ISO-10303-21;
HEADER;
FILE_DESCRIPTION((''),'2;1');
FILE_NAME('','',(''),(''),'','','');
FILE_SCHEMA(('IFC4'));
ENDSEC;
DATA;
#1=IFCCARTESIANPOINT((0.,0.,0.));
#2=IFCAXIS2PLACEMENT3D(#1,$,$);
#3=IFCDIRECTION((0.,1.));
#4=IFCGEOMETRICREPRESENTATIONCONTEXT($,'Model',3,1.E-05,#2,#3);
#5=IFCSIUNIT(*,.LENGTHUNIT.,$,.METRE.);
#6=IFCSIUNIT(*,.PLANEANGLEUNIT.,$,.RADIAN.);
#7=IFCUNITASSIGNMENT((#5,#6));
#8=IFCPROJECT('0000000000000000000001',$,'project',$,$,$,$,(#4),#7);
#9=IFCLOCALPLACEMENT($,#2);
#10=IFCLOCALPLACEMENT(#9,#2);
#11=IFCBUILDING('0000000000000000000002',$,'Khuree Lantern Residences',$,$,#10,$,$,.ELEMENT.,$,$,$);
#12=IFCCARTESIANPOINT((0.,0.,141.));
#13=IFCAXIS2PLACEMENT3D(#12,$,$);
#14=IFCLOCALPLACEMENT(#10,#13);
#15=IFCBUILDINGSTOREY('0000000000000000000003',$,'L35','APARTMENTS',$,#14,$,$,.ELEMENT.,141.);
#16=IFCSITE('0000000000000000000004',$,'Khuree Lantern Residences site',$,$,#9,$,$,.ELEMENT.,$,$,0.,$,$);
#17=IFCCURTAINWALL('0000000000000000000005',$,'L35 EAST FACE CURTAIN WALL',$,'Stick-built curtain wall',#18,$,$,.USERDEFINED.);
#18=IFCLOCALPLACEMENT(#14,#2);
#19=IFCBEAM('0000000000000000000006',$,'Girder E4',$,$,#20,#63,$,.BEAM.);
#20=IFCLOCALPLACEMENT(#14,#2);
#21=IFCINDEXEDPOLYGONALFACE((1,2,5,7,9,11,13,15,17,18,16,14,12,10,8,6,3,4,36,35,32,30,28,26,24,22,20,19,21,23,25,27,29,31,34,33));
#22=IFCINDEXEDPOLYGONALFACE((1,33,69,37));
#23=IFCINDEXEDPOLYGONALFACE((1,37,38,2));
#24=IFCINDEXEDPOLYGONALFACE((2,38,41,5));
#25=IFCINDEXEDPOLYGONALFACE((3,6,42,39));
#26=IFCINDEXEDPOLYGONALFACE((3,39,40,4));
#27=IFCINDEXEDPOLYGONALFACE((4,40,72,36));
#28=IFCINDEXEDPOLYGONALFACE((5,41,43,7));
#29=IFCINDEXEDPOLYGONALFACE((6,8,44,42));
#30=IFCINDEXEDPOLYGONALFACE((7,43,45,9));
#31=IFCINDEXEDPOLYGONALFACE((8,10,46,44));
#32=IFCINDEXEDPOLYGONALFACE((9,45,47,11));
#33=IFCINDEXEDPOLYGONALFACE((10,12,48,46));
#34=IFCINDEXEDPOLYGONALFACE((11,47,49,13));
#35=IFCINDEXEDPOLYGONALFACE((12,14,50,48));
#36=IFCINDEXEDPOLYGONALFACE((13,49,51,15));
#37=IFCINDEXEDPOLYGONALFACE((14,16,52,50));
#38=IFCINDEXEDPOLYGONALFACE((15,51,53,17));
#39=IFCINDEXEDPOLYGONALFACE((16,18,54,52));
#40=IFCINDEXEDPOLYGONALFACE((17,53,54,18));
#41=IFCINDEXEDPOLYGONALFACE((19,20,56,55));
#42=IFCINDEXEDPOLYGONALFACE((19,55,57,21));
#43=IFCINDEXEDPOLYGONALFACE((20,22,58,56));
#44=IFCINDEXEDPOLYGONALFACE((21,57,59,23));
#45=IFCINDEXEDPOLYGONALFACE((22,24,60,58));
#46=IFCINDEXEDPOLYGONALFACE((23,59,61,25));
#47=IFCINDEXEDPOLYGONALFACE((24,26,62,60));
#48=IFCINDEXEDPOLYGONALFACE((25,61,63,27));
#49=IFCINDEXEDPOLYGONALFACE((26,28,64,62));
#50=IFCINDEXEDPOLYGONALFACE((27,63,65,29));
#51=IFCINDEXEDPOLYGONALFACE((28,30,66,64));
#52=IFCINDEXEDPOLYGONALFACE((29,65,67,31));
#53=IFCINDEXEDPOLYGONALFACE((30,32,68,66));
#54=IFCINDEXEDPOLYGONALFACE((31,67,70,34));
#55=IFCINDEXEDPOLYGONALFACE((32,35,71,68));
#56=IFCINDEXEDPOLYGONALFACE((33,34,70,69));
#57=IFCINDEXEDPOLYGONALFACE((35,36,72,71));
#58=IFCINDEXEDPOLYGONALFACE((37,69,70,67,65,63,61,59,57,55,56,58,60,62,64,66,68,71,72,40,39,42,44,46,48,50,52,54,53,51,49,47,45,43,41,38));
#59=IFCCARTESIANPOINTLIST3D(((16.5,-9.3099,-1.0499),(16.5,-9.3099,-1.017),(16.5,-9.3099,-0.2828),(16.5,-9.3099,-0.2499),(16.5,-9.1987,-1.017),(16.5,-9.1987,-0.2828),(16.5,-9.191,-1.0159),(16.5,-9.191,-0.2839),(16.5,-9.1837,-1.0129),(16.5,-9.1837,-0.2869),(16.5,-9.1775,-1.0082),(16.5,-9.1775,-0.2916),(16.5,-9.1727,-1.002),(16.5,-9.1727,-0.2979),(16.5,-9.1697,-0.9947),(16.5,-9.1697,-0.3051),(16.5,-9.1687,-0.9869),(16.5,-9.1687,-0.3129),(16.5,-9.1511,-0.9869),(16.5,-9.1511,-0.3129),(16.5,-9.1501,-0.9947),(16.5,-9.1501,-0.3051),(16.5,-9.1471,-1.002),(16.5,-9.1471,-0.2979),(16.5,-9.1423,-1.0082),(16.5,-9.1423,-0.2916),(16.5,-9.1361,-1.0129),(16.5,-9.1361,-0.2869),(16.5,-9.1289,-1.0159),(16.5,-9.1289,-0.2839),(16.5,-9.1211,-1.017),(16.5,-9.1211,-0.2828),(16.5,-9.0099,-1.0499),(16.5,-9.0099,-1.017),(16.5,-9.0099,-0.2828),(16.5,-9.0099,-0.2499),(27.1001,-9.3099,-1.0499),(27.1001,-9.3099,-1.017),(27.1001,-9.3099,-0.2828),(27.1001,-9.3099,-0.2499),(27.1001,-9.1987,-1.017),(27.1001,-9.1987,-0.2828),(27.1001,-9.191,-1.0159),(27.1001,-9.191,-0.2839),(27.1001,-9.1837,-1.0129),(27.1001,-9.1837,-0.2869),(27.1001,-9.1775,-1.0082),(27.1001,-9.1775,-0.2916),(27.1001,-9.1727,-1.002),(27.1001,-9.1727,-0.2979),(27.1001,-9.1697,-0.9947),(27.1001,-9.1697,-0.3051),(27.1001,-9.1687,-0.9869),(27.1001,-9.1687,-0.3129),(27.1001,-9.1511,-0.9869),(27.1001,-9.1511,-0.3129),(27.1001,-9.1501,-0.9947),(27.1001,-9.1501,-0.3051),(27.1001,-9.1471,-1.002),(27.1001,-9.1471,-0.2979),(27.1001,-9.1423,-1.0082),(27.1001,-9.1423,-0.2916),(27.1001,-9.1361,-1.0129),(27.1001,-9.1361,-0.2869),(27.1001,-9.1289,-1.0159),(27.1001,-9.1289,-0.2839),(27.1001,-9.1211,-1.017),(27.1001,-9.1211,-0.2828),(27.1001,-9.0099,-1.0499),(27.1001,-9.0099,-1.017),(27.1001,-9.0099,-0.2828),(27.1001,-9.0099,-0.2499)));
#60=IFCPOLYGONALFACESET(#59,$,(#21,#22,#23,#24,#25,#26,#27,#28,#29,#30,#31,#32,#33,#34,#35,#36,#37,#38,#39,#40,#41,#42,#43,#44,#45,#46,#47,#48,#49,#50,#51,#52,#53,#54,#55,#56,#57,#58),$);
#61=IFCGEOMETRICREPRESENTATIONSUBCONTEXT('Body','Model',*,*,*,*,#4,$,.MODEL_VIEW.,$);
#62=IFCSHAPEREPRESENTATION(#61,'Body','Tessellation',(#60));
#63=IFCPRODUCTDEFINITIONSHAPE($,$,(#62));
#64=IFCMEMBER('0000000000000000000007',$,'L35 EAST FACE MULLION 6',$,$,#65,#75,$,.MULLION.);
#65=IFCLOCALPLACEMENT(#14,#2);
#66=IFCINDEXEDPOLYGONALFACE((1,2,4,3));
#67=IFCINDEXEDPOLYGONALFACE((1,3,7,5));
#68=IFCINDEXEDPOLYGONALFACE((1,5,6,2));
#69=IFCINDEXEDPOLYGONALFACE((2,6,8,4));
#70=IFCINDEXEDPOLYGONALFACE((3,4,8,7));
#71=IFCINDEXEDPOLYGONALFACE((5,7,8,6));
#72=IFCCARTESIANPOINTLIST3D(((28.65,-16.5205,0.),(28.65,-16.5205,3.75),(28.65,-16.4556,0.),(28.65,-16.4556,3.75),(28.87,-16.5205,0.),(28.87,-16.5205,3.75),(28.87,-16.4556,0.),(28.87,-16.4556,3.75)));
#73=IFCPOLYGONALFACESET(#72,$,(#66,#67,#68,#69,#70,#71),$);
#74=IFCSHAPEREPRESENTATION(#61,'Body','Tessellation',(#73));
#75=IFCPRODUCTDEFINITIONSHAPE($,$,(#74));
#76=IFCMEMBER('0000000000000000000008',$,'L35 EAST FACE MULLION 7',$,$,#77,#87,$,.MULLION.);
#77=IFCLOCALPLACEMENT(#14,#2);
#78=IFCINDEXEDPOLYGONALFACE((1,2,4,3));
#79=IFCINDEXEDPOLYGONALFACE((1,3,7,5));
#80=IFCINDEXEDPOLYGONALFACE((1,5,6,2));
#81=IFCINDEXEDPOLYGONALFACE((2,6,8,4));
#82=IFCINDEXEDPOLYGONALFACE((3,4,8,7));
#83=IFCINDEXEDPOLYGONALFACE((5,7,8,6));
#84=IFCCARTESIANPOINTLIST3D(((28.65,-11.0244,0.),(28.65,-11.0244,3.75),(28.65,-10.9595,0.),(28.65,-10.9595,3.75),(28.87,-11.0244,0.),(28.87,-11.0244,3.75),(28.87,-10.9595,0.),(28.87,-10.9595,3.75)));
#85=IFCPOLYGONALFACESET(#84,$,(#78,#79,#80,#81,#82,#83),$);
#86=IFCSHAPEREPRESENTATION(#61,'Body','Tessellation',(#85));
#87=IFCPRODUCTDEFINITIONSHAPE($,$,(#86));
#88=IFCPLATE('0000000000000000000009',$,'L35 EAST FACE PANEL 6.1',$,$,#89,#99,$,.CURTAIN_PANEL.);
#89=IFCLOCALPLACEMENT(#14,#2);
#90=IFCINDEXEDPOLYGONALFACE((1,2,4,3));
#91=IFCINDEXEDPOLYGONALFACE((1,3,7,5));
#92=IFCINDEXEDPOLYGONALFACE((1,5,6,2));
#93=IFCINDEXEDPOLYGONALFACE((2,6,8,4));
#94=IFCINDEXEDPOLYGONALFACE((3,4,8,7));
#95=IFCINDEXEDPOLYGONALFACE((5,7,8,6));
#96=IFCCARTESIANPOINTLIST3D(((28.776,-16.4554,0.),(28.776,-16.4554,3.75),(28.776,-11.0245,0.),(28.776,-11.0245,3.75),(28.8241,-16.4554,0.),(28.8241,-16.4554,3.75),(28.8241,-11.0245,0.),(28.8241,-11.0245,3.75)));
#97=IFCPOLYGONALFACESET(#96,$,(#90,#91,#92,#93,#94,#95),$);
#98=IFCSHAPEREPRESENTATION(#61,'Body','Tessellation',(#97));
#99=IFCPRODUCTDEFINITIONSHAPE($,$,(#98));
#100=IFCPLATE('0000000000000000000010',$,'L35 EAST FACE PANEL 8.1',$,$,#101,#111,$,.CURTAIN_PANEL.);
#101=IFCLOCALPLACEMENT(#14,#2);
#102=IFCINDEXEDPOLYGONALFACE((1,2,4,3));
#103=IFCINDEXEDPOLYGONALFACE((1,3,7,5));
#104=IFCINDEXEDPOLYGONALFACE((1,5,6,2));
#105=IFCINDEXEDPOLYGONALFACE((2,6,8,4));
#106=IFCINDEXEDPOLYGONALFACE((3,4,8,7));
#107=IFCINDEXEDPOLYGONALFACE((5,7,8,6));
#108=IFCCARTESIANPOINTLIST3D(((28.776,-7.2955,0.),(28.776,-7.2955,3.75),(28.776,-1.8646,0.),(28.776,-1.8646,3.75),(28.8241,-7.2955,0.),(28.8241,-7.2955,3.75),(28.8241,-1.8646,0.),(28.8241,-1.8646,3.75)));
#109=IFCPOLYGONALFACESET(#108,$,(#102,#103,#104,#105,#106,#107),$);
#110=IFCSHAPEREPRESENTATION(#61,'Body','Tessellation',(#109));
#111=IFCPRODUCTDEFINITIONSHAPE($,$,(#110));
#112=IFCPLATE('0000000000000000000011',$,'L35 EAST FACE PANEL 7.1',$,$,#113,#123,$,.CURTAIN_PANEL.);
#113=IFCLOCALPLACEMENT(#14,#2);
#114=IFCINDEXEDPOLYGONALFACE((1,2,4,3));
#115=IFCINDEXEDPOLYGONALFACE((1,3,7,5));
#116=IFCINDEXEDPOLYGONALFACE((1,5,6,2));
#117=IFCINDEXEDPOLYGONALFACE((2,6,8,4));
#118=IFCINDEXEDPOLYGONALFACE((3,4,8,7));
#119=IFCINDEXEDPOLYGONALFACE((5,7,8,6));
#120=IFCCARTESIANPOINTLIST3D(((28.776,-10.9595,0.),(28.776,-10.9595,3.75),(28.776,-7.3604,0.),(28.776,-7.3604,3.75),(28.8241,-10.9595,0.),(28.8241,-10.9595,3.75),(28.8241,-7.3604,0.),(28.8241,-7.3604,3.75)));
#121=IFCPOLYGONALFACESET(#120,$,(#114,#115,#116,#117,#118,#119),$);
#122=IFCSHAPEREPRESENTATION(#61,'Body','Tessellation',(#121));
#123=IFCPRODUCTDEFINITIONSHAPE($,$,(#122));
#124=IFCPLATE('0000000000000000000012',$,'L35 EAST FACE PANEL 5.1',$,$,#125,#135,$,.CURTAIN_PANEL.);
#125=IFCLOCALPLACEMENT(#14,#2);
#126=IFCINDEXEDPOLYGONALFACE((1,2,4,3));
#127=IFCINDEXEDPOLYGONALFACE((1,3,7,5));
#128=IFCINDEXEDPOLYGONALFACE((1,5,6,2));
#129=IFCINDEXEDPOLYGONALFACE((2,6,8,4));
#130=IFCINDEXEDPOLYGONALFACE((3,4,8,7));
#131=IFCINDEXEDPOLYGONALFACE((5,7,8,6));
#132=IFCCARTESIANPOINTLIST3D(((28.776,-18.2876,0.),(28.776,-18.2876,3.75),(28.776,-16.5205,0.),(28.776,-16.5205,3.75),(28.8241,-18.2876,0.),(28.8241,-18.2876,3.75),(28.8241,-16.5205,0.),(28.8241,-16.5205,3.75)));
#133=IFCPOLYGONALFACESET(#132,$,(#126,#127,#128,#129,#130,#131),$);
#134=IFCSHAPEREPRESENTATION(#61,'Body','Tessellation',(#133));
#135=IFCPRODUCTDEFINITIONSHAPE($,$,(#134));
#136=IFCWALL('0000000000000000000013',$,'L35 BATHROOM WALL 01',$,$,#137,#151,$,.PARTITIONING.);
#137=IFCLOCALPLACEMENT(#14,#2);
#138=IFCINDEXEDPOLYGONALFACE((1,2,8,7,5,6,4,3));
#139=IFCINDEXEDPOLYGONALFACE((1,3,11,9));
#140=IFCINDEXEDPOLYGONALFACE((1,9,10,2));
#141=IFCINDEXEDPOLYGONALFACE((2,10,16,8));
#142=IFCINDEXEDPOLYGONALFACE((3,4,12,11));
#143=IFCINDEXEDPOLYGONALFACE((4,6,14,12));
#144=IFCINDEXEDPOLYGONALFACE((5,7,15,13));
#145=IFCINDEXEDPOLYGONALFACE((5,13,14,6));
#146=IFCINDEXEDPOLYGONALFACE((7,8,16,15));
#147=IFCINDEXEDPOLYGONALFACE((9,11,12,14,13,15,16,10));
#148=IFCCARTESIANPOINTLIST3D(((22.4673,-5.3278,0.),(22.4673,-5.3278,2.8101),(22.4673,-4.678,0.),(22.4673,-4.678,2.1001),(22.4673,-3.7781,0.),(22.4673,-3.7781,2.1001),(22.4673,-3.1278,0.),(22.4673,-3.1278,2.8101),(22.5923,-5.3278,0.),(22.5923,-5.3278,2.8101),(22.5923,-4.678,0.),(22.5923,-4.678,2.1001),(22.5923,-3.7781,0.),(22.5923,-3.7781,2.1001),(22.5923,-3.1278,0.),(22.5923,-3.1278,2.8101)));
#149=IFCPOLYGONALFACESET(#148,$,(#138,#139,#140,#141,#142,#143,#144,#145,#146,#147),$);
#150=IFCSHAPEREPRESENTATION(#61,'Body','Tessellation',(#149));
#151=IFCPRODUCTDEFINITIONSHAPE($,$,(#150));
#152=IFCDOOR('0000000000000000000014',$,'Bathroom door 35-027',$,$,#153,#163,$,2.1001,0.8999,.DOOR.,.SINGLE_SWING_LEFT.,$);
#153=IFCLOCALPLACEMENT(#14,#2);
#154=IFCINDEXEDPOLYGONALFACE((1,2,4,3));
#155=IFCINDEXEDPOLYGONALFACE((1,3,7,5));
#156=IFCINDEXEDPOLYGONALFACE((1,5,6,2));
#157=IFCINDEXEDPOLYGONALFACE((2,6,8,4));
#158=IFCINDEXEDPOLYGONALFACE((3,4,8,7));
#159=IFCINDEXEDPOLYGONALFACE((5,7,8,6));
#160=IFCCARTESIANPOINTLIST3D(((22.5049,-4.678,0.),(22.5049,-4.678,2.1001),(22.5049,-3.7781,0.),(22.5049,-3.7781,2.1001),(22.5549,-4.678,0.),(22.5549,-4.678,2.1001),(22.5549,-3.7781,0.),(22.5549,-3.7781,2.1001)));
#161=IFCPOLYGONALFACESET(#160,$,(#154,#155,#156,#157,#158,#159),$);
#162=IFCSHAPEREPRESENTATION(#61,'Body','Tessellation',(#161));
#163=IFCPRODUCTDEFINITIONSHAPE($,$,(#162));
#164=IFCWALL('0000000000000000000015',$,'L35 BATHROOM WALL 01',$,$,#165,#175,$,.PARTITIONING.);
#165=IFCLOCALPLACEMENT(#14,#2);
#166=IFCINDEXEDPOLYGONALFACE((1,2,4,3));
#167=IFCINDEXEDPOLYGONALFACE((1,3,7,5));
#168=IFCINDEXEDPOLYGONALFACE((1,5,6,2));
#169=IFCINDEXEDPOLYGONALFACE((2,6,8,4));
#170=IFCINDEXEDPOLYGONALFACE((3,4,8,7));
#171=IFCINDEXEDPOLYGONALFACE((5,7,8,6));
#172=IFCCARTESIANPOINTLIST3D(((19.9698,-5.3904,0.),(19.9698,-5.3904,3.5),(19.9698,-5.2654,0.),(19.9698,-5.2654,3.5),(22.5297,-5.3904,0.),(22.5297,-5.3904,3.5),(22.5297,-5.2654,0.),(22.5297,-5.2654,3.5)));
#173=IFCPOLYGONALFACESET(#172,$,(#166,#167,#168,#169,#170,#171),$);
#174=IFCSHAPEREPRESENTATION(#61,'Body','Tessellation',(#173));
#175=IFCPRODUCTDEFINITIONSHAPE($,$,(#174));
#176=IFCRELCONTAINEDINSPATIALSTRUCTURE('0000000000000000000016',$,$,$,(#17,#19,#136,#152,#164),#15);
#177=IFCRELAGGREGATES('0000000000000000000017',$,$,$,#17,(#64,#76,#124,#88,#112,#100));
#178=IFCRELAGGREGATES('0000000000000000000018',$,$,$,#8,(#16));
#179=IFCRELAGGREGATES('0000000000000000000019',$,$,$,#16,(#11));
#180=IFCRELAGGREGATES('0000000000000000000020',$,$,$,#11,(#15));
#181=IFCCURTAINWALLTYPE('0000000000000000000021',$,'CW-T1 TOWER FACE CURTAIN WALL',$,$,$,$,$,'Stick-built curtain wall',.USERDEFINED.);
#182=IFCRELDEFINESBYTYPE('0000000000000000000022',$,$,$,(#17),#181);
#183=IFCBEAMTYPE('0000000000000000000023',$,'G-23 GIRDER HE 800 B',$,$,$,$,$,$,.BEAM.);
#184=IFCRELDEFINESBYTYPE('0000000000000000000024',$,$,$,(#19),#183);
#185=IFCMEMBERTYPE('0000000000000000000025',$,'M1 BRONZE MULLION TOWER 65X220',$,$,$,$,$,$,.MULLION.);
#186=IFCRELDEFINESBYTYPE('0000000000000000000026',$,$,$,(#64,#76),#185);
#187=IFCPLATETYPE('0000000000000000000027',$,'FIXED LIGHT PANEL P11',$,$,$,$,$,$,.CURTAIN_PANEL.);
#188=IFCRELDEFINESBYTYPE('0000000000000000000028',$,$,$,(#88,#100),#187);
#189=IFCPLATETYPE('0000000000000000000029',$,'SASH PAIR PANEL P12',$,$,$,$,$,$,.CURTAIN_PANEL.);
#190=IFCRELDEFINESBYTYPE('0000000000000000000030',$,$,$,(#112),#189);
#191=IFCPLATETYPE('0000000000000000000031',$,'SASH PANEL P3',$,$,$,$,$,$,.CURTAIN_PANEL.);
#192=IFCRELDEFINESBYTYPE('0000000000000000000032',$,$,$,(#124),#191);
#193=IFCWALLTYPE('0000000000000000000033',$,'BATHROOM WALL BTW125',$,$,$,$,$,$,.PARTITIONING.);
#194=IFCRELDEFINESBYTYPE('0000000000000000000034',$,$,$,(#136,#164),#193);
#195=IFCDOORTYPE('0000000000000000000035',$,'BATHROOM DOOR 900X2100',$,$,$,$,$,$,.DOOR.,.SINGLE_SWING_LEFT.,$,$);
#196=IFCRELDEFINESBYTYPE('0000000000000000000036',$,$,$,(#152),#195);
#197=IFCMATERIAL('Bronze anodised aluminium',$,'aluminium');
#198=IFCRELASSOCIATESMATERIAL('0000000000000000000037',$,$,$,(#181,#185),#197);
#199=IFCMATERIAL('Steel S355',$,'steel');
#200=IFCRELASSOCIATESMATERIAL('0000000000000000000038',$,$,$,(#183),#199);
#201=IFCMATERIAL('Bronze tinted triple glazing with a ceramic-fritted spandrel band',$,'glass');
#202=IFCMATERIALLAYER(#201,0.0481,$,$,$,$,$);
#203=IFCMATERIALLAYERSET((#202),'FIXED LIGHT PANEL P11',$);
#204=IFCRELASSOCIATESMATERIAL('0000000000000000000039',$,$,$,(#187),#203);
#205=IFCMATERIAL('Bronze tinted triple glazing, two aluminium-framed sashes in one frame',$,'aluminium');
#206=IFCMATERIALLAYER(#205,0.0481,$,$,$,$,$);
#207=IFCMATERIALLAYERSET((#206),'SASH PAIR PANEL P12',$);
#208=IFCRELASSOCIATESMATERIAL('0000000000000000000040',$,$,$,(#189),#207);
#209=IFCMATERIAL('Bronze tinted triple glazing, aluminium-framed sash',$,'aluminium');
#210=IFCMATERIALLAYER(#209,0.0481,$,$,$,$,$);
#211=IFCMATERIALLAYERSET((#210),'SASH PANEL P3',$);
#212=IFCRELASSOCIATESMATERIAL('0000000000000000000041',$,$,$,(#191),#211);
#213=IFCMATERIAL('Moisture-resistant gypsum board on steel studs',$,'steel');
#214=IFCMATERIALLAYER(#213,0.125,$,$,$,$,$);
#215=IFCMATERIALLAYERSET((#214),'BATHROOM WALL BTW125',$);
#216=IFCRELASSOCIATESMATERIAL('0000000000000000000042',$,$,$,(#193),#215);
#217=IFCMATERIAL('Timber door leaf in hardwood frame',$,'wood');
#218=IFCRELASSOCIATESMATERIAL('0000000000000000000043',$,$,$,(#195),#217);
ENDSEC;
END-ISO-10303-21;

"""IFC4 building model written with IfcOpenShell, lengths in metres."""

from ifc_helpers import new_model, si_unit, direction, frame, frame_2d, origin, origin_2d, place, context, subcontext, project, spatial, rectangle, i_section, extrude, material, layer, layer_set, material_profile, profile_set, type_object, element, fill, aggregate, save


model = new_model("IFC4")

# Units and contexts
model_context = context("Model", 3, precision=1e-05, world=origin(), true_north=direction((0.0, 1.0)))
body_context = subcontext(model_context, "Body", "Model", "MODEL_VIEW")
ifc_project = project(units=[si_unit("LENGTHUNIT", "METRE"), si_unit("PLANEANGLEUNIT", "RADIAN")], contexts=[model_context])

# Site, building, storey
site_placement = place(None, origin())
site = spatial("IfcSite", under=ifc_project, at=site_placement, Name="Khuree Lantern Residences site", CompositionType="ELEMENT", RefElevation=0.0)
building_placement = place(site_placement, origin())
building = spatial("IfcBuilding", under=site, at=building_placement, Name="Khuree Lantern Residences", CompositionType="ELEMENT")
storey_placement = place(building_placement, frame((0.0, 0.0, 141.0)))
storey = spatial("IfcBuildingStorey", under=building, at=storey_placement, Name="L35", Description="APARTMENTS", CompositionType="ELEMENT", Elevation=141.0)

# Shared definitions
ifc_material_1 = material(Name="Steel S355", Category="steel")

# Curtain wall
ifc_material_2 = material(Name="Bronze anodised aluminium", Category="aluminium")
curtain_wall_type = type_object("IfcCurtainWallType", Name="CW-T1 TOWER FACE CURTAIN WALL", ElementType="Stick-built curtain wall", PredefinedType="USERDEFINED", material=ifc_material_2)
curtain_wall_placement = place(storey_placement, origin())
curtain_wall = element("IfcCurtainWall", 1, at=curtain_wall_placement, inside=storey, type_object=curtain_wall_type, Name="L35 EAST FACE CURTAIN WALL", ObjectType="Stick-built curtain wall", PredefinedType="USERDEFINED")

# Beam
ifc_material_profile_1 = material_profile(ifc_material_1, i_section(OverallWidth=0.3, OverallDepth=0.8, WebThickness=0.0176, FlangeThickness=0.033, FilletRadius=0.03, at=origin_2d()), Name="HE 800 B")
ifc_profile_set_1 = profile_set([ifc_material_profile_1], Name="Steel S355")
beam_type_1 = type_object("IfcBeamType", Name="G-23 GIRDER HE 800 B", PredefinedType="BEAM", material=ifc_profile_set_1)
beam_1_placement = place(storey_placement, frame((27.1001, -9.1599, -0.6499), z_axis=(-1.0, 0.0, 0.0), x_axis=(0.0, -1.0, 0.0)))
element("IfcBeam", 2, at=beam_1_placement, inside=storey, type_object=beam_type_1, Name="Girder E4", PredefinedType="BEAM", context=body_context, shape_type="SweptSolid", body=[
    extrude(i_section(OverallWidth=0.3, OverallDepth=0.8, WebThickness=0.0176, FlangeThickness=0.033, FilletRadius=0.03, at=origin_2d()), origin(), (0.0, 0.0, 1.0), 10.6001),
])

# Members
ifc_material_profile_2 = material_profile(ifc_material_2, rectangle(XDim=0.0649, YDim=0.22, at=origin_2d()), Name="M1 65X220")
ifc_profile_set_2 = profile_set([ifc_material_profile_2], Name="Bronze anodised aluminium")
member_type_1 = type_object("IfcMemberType", Name="M1 BRONZE MULLION TOWER 65X220", PredefinedType="MULLION", material=ifc_profile_set_2)
member_1_placement = place(storey_placement, frame((28.76, -16.488, 0.0), z_axis=(0.0, 0.0, 1.0), x_axis=(0.0, 1.0, 0.0)))
member_1 = element("IfcMember", 3, at=member_1_placement, type_object=member_type_1, Name="L35 EAST FACE MULLION 6", PredefinedType="MULLION", context=body_context, shape_type="SweptSolid", body=[
    extrude(rectangle(XDim=0.0649, YDim=0.22, at=origin_2d()), origin(), (0.0, 0.0, 1.0), 3.75),
])
member_2_placement = place(storey_placement, frame((28.76, -10.9919, 0.0), z_axis=(0.0, 0.0, 1.0), x_axis=(0.0, 1.0, 0.0)))
member_2 = element("IfcMember", 4, at=member_2_placement, type_object=member_type_1, Name="L35 EAST FACE MULLION 7", PredefinedType="MULLION", context=body_context, shape_type="SweptSolid", body=[
    extrude(rectangle(XDim=0.0649, YDim=0.22, at=origin_2d()), origin(), (0.0, 0.0, 1.0), 3.75),
])

# Plates
ifc_material_3 = material(Name="Bronze tinted triple glazing with a ceramic-fritted spandrel band", Category="glass")
ifc_layer_1 = layer(ifc_material_3, 0.0481)
ifc_layer_set_1 = layer_set([ifc_layer_1], Name="FIXED LIGHT PANEL P11")
plate_type_1 = type_object("IfcPlateType", Name="FIXED LIGHT PANEL P11", PredefinedType="CURTAIN_PANEL", material=ifc_layer_set_1)
plate_1_placement = place(storey_placement, frame((28.8, -13.74, 0.0), z_axis=(0.0, 0.0, 1.0), x_axis=(0.0, 1.0, 0.0)))
plate_1 = element("IfcPlate", 5, at=plate_1_placement, type_object=plate_type_1, Name="L35 EAST FACE PANEL 6.1", PredefinedType="CURTAIN_PANEL", context=body_context, shape_type="SweptSolid", body=[
    extrude(rectangle(XDim=5.4309, YDim=0.0481, at=origin_2d()), origin(), (0.0, 0.0, 1.0), 3.75),
])
plate_2_placement = place(storey_placement, frame((28.8, -4.5801, 0.0), z_axis=(0.0, 0.0, 1.0), x_axis=(0.0, 1.0, 0.0)))
plate_2 = element("IfcPlate", 6, at=plate_2_placement, type_object=plate_type_1, Name="L35 EAST FACE PANEL 8.1", PredefinedType="CURTAIN_PANEL", context=body_context, shape_type="SweptSolid", body=[
    extrude(rectangle(XDim=5.4309, YDim=0.0481, at=origin_2d()), origin(), (0.0, 0.0, 1.0), 3.75),
])
ifc_material_4 = material(Name="Bronze tinted triple glazing, two aluminium-framed sashes in one frame", Category="aluminium")
ifc_layer_2 = layer(ifc_material_4, 0.0481)
ifc_layer_set_2 = layer_set([ifc_layer_2], Name="SASH PAIR PANEL P12")
plate_type_2 = type_object("IfcPlateType", Name="SASH PAIR PANEL P12", PredefinedType="CURTAIN_PANEL", material=ifc_layer_set_2)
plate_3_placement = place(storey_placement, frame((28.8, -9.1599, 0.0), z_axis=(0.0, 0.0, 1.0), x_axis=(0.0, 1.0, 0.0)))
plate_3 = element("IfcPlate", 7, at=plate_3_placement, type_object=plate_type_2, Name="L35 EAST FACE PANEL 7.1", PredefinedType="CURTAIN_PANEL", context=body_context, shape_type="SweptSolid", body=[
    extrude(rectangle(XDim=3.5991, YDim=0.0481, at=origin_2d()), origin(), (0.0, 0.0, 1.0), 3.75),
])
ifc_material_5 = material(Name="Bronze tinted triple glazing, aluminium-framed sash", Category="aluminium")
ifc_layer_3 = layer(ifc_material_5, 0.0481)
ifc_layer_set_3 = layer_set([ifc_layer_3], Name="SASH PANEL P3")
plate_type_3 = type_object("IfcPlateType", Name="SASH PANEL P3", PredefinedType="CURTAIN_PANEL", material=ifc_layer_set_3)
plate_4_placement = place(storey_placement, frame((28.8, -17.4041, 0.0), z_axis=(0.0, 0.0, 1.0), x_axis=(0.0, 1.0, 0.0)))
plate_4 = element("IfcPlate", 8, at=plate_4_placement, type_object=plate_type_3, Name="L35 EAST FACE PANEL 5.1", PredefinedType="CURTAIN_PANEL", context=body_context, shape_type="SweptSolid", body=[
    extrude(rectangle(XDim=1.7671, YDim=0.0481, at=origin_2d()), origin(), (0.0, 0.0, 1.0), 3.75),
])
aggregate(curtain_wall, [member_1, member_2, plate_4, plate_1, plate_3, plate_2])

# Wall, opening, door
ifc_material_6 = material(Name="Moisture-resistant gypsum board on steel studs", Category="steel")
ifc_layer_4 = layer(ifc_material_6, 0.125)
ifc_layer_set_4 = layer_set([ifc_layer_4], Name="BATHROOM WALL BTW125")
wall_type_1 = type_object("IfcWallType", Name="BATHROOM WALL BTW125", PredefinedType="PARTITIONING", material=ifc_layer_set_4)
wall_1_placement = place(storey_placement, frame((22.5298, -5.3279, 0.0), z_axis=(0.0, 0.0, 1.0), x_axis=(0.0, 1.0, 0.0)))
wall_1 = element("IfcWall", 9, at=wall_1_placement, inside=storey, type_object=wall_type_1, Name="L35 BATHROOM WALL 01", PredefinedType="PARTITIONING", context=body_context, shape_type="SweptSolid", body=[
    extrude(rectangle(XDim=2.2, YDim=0.125, at=frame_2d((1.1001, 0.0))), origin(), (0.0, 0.0, 1.0), 2.8101),
])
opening_1_placement = place(wall_1_placement, frame((0.6499, 0.0, 0.0)))
opening_1 = element("IfcOpeningElement", 10, at=opening_1_placement, cuts=wall_1, PredefinedType="OPENING", context=body_context, shape_type="SweptSolid", body=[
    extrude(rectangle(XDim=0.8999, YDim=2.1001, at=frame_2d((0.45, 1.05))), frame((0.0, 0.0725, 0.0), z_axis=(0.0, -1.0, 0.0), x_axis=(1.0, 0.0, 0.0)), (0.0, 0.0, 1.0), 0.145),
])
ifc_material_7 = material(Name="Timber door leaf in hardwood frame", Category="wood")
door_type_1 = type_object("IfcDoorType", Name="BATHROOM DOOR 900X2100", OperationType="SINGLE_SWING_LEFT", PredefinedType="DOOR", material=ifc_material_7)
door_1_placement = place(opening_1_placement, origin())
door_1 = element("IfcDoor", 11, at=door_1_placement, inside=storey, type_object=door_type_1, Name="Bathroom door 35-027", OperationType="SINGLE_SWING_LEFT", OverallHeight=2.1001, OverallWidth=0.8999, PredefinedType="DOOR", context=body_context, shape_type="SweptSolid", body=[
    extrude(rectangle(XDim=0.8999, YDim=2.1001, at=frame_2d((0.45, 1.05))), frame((0.0, 0.0249, 0.0), z_axis=(0.0, -1.0, 0.0), x_axis=(1.0, 0.0, 0.0)), (0.0, 0.0, 1.0), 0.05),
])
fill(opening_1, door_1)

# Wall
wall_2_placement = place(storey_placement, frame((19.97, -5.3279, 0.0), z_axis=(0.0, 0.0, 1.0), x_axis=(1.0, 0.0, 0.0)))
element("IfcWall", 12, at=wall_2_placement, inside=storey, type_object=wall_type_1, Name="L35 BATHROOM WALL 01", PredefinedType="PARTITIONING", context=body_context, shape_type="SweptSolid", body=[
    extrude(rectangle(XDim=2.5598, YDim=0.125, at=frame_2d((1.2798, 0.0))), origin(), (0.0, 0.0, 1.0), 3.5),
])

save(model, "model.ifc")
